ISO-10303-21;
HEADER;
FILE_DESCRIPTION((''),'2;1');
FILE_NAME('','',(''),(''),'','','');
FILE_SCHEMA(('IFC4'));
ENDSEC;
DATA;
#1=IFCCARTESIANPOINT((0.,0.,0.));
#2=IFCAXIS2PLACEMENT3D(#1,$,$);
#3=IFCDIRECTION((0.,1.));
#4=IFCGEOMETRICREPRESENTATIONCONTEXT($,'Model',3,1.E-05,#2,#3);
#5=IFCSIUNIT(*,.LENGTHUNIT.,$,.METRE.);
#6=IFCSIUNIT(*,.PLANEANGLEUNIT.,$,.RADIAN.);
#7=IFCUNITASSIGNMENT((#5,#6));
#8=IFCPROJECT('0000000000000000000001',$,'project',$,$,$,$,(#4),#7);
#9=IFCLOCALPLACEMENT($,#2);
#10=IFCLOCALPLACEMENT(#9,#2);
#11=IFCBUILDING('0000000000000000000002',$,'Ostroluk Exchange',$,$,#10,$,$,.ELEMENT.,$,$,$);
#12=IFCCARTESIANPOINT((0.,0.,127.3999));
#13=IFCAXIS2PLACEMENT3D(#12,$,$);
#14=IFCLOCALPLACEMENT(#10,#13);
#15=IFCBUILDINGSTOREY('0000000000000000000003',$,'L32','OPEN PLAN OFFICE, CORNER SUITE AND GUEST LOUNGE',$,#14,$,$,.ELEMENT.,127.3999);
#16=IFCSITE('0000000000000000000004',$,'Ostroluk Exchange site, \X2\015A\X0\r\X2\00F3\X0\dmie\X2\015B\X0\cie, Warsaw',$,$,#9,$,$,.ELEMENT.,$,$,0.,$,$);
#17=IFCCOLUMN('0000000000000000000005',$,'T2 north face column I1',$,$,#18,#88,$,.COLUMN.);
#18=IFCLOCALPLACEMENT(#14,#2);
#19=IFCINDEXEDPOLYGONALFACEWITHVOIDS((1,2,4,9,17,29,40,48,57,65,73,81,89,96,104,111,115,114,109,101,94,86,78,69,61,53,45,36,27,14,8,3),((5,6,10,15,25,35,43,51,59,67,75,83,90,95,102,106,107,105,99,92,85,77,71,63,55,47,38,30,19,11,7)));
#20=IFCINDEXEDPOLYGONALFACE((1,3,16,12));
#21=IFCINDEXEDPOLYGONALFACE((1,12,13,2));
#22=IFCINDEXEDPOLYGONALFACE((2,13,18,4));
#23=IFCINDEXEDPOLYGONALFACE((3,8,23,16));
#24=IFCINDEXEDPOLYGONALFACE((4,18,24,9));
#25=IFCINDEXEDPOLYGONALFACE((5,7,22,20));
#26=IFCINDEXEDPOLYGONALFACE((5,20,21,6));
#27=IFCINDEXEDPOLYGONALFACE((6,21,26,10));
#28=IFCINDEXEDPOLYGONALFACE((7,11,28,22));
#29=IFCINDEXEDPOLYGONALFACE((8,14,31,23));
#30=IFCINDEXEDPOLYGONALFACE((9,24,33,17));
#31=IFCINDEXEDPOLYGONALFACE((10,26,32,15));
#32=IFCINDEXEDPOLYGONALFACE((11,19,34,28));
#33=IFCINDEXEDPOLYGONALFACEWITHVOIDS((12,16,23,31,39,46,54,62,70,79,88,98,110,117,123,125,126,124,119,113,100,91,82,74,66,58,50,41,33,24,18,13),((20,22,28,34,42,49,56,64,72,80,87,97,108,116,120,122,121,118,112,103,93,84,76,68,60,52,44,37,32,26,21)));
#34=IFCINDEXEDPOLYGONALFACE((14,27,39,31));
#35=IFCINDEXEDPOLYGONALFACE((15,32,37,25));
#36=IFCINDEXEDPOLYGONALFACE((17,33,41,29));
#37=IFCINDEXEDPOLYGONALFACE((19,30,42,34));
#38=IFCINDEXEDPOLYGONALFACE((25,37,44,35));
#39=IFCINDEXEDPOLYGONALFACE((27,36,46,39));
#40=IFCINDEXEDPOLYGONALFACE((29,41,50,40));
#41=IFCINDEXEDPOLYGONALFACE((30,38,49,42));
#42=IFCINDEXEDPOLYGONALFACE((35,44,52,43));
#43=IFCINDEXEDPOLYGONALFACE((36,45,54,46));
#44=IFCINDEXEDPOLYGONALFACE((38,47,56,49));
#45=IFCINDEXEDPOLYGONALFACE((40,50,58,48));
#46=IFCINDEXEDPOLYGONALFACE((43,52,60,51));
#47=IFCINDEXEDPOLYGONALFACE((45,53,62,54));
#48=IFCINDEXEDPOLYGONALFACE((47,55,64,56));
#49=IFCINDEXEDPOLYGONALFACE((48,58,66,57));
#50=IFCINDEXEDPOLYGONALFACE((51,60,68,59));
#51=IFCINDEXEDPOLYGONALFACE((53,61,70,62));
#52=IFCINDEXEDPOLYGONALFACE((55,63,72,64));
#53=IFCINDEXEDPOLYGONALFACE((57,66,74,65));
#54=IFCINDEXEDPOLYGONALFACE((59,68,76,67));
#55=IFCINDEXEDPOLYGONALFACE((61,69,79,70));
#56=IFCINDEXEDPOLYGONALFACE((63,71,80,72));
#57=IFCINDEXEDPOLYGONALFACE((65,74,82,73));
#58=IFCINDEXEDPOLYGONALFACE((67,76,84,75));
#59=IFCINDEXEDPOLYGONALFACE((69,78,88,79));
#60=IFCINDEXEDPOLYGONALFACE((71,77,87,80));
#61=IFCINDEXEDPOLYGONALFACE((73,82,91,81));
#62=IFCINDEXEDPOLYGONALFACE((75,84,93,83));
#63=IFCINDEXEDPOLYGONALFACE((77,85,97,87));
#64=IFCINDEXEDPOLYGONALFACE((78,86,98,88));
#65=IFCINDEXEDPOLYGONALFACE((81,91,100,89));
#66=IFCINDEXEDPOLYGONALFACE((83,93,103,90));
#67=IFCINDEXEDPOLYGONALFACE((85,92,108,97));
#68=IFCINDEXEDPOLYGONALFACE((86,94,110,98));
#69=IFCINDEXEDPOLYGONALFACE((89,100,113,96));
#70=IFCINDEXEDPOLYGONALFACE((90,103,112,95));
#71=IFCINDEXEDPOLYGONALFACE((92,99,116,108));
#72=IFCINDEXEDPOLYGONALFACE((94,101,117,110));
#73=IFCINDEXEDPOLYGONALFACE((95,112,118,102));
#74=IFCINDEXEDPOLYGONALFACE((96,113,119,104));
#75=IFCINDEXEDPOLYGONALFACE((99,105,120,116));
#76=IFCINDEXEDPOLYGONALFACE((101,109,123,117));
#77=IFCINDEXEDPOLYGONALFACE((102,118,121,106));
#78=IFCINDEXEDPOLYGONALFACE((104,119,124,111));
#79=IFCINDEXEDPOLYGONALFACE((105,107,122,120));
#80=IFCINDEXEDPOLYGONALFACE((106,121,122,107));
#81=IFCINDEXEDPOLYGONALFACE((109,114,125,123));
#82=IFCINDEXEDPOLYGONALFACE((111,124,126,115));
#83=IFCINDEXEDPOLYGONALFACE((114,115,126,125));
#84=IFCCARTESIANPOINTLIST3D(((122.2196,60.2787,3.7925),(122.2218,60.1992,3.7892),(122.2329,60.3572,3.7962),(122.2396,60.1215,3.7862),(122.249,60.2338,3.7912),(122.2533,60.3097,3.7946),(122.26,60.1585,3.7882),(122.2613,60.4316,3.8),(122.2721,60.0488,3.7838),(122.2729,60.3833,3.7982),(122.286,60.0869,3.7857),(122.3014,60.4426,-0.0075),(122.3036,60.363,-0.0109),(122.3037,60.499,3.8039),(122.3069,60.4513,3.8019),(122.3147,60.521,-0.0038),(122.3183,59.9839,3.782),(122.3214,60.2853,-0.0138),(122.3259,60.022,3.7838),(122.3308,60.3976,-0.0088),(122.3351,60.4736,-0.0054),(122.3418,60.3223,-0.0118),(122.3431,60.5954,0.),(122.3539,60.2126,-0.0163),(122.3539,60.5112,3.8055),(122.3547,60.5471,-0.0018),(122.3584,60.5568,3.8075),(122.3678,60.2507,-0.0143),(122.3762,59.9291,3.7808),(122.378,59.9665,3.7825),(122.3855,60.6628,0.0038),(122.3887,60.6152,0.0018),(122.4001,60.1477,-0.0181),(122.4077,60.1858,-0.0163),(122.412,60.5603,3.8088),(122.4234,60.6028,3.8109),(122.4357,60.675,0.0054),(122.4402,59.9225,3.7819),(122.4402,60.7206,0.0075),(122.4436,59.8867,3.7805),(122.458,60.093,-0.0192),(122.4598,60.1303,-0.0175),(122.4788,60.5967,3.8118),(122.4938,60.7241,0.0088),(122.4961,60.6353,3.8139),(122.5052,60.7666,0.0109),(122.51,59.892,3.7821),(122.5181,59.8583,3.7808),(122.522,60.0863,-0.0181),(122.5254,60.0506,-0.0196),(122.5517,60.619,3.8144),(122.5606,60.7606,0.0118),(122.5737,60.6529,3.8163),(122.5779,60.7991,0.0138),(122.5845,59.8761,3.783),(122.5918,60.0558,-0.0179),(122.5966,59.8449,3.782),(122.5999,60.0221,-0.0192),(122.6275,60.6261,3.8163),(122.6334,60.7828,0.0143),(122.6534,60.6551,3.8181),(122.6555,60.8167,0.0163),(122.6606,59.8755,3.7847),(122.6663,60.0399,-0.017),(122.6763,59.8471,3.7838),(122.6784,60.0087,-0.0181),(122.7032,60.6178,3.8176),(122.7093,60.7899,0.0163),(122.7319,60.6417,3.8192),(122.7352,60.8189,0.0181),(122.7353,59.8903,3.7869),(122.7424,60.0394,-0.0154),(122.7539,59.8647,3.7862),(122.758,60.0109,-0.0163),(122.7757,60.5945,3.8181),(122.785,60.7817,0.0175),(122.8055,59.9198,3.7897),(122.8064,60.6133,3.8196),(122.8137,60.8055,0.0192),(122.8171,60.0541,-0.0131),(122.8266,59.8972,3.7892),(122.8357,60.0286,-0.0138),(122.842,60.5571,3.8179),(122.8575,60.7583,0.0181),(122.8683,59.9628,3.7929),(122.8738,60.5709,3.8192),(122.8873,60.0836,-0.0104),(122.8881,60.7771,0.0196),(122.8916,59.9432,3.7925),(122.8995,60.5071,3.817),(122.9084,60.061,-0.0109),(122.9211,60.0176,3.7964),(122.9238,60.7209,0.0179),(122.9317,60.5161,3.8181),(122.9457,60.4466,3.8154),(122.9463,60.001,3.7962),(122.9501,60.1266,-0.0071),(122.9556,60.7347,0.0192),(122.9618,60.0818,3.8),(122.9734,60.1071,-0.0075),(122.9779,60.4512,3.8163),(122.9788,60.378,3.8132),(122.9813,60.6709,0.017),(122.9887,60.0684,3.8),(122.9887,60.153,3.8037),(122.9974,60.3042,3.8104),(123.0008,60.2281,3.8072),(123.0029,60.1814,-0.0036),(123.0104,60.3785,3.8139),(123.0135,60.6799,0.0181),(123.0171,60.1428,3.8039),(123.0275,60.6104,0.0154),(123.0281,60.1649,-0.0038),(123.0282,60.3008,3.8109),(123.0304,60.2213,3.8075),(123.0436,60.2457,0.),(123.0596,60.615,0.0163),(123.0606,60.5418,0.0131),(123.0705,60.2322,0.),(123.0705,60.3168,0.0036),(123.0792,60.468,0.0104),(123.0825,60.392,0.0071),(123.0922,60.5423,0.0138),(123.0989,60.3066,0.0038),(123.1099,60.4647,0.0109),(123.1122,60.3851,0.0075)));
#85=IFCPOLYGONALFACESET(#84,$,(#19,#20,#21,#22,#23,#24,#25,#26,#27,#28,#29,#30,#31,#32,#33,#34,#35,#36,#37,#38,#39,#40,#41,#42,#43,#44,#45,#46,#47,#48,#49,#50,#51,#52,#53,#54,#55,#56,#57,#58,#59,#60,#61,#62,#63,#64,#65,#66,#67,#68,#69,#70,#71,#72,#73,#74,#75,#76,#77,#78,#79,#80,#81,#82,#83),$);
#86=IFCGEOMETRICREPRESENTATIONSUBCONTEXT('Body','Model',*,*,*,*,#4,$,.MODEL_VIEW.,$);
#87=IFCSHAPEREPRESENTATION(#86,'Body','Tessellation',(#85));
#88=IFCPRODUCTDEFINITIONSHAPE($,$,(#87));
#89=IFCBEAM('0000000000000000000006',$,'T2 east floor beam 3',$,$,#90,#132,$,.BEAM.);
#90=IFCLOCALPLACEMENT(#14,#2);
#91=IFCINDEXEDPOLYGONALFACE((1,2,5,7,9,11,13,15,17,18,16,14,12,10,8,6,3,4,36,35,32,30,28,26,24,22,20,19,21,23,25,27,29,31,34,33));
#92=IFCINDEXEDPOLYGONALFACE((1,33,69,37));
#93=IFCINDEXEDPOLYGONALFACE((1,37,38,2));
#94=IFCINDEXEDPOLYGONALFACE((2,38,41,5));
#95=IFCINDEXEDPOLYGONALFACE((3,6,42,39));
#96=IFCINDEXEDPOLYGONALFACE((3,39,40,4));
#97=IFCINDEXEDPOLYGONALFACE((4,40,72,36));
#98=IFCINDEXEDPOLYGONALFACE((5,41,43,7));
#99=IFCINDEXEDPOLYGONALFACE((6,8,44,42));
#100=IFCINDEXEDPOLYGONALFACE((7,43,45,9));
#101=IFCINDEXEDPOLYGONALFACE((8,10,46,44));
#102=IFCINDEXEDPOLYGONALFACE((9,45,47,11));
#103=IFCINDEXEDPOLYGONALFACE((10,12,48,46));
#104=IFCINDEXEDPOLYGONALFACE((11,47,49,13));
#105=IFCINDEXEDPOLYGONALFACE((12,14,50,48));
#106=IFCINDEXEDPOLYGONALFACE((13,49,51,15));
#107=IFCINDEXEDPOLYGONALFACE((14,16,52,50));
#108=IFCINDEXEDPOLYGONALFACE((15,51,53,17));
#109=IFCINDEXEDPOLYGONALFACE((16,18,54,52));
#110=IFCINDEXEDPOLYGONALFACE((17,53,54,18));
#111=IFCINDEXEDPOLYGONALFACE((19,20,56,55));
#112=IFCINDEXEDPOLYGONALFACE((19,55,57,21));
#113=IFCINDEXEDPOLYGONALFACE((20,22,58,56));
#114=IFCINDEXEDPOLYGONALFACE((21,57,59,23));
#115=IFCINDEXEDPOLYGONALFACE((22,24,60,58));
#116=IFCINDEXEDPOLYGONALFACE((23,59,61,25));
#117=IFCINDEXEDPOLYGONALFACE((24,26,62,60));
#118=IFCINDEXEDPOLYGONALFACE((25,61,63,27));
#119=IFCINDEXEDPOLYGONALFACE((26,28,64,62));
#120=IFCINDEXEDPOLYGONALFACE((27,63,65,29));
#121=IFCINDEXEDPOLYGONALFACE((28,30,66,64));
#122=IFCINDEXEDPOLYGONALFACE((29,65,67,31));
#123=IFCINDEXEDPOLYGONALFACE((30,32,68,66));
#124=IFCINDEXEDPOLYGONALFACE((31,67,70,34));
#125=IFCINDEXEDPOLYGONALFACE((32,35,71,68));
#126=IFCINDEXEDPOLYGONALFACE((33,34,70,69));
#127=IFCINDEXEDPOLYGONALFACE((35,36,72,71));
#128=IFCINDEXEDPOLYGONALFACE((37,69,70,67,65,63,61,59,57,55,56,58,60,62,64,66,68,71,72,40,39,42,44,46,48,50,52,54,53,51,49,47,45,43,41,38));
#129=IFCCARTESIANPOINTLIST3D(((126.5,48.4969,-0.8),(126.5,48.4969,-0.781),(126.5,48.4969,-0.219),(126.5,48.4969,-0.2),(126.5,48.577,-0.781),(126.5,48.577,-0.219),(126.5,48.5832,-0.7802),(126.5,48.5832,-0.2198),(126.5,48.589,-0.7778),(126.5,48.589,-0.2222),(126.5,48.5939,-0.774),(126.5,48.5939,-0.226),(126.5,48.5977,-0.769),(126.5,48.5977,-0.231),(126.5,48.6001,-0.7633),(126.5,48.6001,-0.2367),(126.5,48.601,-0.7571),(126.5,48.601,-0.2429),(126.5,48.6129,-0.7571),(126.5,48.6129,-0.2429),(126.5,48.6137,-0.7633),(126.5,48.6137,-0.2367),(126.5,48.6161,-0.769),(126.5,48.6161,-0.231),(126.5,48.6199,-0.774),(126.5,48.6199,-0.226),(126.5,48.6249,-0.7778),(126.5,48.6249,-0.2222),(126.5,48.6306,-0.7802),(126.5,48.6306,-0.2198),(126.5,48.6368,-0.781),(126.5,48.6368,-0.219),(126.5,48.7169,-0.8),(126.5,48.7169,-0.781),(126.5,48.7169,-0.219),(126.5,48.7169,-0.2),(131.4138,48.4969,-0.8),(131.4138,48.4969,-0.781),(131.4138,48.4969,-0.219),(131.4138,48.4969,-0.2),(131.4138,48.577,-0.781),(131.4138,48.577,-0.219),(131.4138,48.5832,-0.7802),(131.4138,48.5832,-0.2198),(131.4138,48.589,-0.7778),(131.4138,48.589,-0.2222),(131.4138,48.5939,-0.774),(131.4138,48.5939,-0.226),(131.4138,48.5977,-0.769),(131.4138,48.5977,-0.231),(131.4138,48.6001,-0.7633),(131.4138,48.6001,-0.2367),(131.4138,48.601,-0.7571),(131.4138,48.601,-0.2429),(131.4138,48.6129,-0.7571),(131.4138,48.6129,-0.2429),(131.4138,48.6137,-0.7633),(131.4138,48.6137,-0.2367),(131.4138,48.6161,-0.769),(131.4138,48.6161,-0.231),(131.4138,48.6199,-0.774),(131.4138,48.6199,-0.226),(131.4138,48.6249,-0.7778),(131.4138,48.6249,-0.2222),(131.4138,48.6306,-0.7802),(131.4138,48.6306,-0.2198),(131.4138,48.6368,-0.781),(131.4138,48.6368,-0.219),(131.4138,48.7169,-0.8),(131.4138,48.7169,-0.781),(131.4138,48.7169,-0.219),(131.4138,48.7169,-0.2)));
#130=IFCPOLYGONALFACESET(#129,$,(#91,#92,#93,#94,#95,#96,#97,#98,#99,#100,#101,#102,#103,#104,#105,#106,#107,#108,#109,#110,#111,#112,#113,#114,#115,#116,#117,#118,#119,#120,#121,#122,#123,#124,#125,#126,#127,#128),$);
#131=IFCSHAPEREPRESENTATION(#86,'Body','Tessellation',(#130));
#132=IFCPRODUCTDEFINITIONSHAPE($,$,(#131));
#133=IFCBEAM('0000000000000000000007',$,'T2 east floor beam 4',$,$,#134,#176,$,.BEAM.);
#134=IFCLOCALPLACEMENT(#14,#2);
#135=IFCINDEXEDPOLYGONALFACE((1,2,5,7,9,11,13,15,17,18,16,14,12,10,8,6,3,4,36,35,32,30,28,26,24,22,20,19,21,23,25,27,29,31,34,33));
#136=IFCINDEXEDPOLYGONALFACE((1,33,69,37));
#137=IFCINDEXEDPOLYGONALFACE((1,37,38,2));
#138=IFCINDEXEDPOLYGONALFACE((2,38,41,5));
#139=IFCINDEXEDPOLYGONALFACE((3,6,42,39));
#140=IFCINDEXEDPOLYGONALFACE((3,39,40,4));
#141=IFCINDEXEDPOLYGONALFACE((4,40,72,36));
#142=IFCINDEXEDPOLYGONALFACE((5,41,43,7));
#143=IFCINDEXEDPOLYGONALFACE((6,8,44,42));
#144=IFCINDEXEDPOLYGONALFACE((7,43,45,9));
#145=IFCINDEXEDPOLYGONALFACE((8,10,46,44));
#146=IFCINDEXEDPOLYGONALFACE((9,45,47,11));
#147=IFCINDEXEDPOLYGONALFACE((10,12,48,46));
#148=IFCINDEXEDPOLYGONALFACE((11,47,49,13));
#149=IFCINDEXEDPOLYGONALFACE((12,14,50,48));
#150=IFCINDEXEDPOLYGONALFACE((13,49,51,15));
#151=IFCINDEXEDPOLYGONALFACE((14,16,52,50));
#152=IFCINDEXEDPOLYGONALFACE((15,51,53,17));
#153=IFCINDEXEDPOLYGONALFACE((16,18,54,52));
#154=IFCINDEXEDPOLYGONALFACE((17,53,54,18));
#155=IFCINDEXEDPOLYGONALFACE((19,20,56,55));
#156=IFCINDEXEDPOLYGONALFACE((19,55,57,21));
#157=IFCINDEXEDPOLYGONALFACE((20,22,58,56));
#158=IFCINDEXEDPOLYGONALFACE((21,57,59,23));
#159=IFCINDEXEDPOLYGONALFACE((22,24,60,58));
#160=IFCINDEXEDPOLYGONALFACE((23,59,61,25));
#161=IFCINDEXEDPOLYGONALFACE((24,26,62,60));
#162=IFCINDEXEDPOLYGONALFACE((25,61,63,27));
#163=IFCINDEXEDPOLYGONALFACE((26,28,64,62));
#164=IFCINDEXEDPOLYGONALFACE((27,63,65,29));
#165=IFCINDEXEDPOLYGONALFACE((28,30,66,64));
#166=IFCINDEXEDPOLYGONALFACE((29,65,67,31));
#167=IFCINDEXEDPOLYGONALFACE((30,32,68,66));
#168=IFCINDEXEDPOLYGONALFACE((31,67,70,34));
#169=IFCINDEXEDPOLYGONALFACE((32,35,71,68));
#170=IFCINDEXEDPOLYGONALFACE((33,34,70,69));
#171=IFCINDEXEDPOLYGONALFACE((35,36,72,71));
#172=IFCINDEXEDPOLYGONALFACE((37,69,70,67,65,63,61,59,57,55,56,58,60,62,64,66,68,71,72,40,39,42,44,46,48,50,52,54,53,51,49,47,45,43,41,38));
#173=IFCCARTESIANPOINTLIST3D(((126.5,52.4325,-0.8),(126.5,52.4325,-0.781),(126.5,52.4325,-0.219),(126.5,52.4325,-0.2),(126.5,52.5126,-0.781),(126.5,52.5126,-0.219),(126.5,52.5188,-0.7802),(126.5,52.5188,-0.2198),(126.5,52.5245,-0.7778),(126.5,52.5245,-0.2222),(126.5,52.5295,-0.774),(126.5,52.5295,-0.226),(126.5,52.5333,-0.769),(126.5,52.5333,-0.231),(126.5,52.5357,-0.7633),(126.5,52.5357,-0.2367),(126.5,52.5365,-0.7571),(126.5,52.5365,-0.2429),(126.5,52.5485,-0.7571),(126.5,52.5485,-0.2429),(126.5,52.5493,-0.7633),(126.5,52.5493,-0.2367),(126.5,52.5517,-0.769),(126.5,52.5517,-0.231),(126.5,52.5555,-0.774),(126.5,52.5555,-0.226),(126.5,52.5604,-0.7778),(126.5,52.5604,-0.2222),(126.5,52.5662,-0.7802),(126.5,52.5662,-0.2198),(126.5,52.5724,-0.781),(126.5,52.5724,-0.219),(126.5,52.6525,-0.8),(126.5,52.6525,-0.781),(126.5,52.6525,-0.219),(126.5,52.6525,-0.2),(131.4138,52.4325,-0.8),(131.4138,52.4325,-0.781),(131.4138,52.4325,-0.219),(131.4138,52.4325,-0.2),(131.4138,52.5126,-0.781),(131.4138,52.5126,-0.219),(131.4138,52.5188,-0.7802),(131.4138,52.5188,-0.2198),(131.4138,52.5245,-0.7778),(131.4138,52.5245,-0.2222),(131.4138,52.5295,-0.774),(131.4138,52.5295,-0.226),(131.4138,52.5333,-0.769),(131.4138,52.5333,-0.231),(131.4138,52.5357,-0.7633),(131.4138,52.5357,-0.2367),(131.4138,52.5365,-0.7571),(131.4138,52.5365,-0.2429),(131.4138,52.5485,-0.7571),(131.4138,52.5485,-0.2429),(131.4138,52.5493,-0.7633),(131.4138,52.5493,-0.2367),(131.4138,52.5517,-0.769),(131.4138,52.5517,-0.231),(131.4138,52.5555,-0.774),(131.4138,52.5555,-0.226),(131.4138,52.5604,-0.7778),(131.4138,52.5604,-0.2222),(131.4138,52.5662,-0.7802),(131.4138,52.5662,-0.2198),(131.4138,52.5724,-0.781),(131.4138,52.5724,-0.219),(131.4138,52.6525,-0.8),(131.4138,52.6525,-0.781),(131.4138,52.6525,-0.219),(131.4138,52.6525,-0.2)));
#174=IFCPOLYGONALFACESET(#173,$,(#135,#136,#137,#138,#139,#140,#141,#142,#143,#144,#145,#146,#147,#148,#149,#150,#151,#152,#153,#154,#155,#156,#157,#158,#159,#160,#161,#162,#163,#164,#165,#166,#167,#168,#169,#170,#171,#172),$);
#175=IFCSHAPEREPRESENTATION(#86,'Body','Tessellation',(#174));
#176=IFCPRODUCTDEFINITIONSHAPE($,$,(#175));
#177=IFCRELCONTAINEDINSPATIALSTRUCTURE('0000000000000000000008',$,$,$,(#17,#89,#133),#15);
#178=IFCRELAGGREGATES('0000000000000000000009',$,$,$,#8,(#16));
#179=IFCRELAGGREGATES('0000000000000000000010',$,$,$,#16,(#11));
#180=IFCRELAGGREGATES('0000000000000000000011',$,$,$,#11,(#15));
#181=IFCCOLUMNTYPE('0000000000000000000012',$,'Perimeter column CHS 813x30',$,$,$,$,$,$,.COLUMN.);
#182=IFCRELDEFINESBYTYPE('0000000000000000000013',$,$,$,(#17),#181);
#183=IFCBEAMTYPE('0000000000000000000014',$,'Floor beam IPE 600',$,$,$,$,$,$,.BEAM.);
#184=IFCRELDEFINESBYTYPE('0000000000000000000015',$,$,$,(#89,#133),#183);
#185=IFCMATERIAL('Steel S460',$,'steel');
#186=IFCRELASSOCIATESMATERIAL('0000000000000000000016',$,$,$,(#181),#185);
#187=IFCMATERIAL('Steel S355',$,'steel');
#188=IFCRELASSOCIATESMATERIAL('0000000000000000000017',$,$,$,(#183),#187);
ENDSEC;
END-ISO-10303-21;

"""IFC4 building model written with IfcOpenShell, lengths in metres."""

from ifc_helpers import new_model, si_unit, direction, frame, origin, origin_2d, place, context, subcontext, project, spatial, hollow_circle, i_section, extrude, material, material_profile, profile_set, type_object, element, save


model = new_model("IFC4")

# Units and contexts
model_context = context("Model", 3, precision=1e-05, world=origin(), true_north=direction((0.0, 1.0)))
body_context = subcontext(model_context, "Body", "Model", "MODEL_VIEW")
ifc_project = project(units=[si_unit("LENGTHUNIT", "METRE"), si_unit("PLANEANGLEUNIT", "RADIAN")], contexts=[model_context])

# Site, building, storey
site_placement = place(None, origin())
site = spatial("IfcSite", under=ifc_project, at=site_placement, Name="Ostroluk Exchange site, Śródmieście, Warsaw", CompositionType="ELEMENT", RefElevation=0.0)
building_placement = place(site_placement, origin())
building = spatial("IfcBuilding", under=site, at=building_placement, Name="Ostroluk Exchange", CompositionType="ELEMENT")
storey_placement = place(building_placement, frame((0.0, 0.0, 127.3999)))
storey = spatial("IfcBuildingStorey", under=building, at=storey_placement, Name="L32", Description="OPEN PLAN OFFICE, CORNER SUITE AND GUEST LOUNGE", CompositionType="ELEMENT", Elevation=127.3999)

# Column
ifc_material_1 = material(Name="Steel S460", Category="steel")
ifc_material_profile_1 = material_profile(ifc_material_1, hollow_circle(Radius=0.4065, WallThickness=0.03, at=origin_2d()), Name="CHS 813x30")
ifc_profile_set_1 = profile_set([ifc_material_profile_1], Name="Steel S460")
column_type = type_object("IfcColumnType", Name="Perimeter column CHS 813x30", PredefinedType="COLUMN", material=ifc_profile_set_1)
column_placement = place(storey_placement, frame((122.7068, 60.4138, 0.0), z_axis=(-0.021498, -0.04306, 0.998841), x_axis=(0.894694, -0.44668, 0.0)))
element("IfcColumn", 1, at=column_placement, inside=storey, type_object=column_type, Name="T2 north face column I1", PredefinedType="COLUMN", context=body_context, shape_type="SweptSolid", body=[
    extrude(hollow_circle(Radius=0.4065, WallThickness=0.03, at=origin_2d()), origin(), (0.0, 0.0, 1.0), 3.8044),
])

# Beams
ifc_material_2 = material(Name="Steel S355", Category="steel")
ifc_material_profile_2 = material_profile(ifc_material_2, i_section(OverallWidth=0.22, OverallDepth=0.6001, WebThickness=0.012, FlangeThickness=0.019, FilletRadius=0.0239, at=origin_2d()), Name="IPE 600")
ifc_profile_set_2 = profile_set([ifc_material_profile_2], Name="Steel S355")
beam_type_1 = type_object("IfcBeamType", Name="Floor beam IPE 600", PredefinedType="BEAM", material=ifc_profile_set_2)
for number, where, z_axis, x_axis, name in (
    (2, (126.5, 48.6069, -0.5), (1.0, 0.0, 0.0), (0.0, 1.0, 0.0), "T2 east floor beam 3"),
    (3, (126.5, 52.5425, -0.5), (1.0, 0.0, 0.0), (0.0, 1.0, 0.0), "T2 east floor beam 4"),
):
    element("IfcBeam", number, at=place(storey_placement, frame(where, z_axis=z_axis, x_axis=x_axis)), inside=storey, type_object=beam_type_1, Name=name, PredefinedType="BEAM", context=body_context, shape_type="SweptSolid", body=[
        extrude(i_section(OverallWidth=0.22, OverallDepth=0.6001, WebThickness=0.012, FlangeThickness=0.019, FilletRadius=0.0239, at=origin_2d()), origin(), (0.0, 0.0, 1.0), 4.9138),
    ])

save(model, "model.ifc")
